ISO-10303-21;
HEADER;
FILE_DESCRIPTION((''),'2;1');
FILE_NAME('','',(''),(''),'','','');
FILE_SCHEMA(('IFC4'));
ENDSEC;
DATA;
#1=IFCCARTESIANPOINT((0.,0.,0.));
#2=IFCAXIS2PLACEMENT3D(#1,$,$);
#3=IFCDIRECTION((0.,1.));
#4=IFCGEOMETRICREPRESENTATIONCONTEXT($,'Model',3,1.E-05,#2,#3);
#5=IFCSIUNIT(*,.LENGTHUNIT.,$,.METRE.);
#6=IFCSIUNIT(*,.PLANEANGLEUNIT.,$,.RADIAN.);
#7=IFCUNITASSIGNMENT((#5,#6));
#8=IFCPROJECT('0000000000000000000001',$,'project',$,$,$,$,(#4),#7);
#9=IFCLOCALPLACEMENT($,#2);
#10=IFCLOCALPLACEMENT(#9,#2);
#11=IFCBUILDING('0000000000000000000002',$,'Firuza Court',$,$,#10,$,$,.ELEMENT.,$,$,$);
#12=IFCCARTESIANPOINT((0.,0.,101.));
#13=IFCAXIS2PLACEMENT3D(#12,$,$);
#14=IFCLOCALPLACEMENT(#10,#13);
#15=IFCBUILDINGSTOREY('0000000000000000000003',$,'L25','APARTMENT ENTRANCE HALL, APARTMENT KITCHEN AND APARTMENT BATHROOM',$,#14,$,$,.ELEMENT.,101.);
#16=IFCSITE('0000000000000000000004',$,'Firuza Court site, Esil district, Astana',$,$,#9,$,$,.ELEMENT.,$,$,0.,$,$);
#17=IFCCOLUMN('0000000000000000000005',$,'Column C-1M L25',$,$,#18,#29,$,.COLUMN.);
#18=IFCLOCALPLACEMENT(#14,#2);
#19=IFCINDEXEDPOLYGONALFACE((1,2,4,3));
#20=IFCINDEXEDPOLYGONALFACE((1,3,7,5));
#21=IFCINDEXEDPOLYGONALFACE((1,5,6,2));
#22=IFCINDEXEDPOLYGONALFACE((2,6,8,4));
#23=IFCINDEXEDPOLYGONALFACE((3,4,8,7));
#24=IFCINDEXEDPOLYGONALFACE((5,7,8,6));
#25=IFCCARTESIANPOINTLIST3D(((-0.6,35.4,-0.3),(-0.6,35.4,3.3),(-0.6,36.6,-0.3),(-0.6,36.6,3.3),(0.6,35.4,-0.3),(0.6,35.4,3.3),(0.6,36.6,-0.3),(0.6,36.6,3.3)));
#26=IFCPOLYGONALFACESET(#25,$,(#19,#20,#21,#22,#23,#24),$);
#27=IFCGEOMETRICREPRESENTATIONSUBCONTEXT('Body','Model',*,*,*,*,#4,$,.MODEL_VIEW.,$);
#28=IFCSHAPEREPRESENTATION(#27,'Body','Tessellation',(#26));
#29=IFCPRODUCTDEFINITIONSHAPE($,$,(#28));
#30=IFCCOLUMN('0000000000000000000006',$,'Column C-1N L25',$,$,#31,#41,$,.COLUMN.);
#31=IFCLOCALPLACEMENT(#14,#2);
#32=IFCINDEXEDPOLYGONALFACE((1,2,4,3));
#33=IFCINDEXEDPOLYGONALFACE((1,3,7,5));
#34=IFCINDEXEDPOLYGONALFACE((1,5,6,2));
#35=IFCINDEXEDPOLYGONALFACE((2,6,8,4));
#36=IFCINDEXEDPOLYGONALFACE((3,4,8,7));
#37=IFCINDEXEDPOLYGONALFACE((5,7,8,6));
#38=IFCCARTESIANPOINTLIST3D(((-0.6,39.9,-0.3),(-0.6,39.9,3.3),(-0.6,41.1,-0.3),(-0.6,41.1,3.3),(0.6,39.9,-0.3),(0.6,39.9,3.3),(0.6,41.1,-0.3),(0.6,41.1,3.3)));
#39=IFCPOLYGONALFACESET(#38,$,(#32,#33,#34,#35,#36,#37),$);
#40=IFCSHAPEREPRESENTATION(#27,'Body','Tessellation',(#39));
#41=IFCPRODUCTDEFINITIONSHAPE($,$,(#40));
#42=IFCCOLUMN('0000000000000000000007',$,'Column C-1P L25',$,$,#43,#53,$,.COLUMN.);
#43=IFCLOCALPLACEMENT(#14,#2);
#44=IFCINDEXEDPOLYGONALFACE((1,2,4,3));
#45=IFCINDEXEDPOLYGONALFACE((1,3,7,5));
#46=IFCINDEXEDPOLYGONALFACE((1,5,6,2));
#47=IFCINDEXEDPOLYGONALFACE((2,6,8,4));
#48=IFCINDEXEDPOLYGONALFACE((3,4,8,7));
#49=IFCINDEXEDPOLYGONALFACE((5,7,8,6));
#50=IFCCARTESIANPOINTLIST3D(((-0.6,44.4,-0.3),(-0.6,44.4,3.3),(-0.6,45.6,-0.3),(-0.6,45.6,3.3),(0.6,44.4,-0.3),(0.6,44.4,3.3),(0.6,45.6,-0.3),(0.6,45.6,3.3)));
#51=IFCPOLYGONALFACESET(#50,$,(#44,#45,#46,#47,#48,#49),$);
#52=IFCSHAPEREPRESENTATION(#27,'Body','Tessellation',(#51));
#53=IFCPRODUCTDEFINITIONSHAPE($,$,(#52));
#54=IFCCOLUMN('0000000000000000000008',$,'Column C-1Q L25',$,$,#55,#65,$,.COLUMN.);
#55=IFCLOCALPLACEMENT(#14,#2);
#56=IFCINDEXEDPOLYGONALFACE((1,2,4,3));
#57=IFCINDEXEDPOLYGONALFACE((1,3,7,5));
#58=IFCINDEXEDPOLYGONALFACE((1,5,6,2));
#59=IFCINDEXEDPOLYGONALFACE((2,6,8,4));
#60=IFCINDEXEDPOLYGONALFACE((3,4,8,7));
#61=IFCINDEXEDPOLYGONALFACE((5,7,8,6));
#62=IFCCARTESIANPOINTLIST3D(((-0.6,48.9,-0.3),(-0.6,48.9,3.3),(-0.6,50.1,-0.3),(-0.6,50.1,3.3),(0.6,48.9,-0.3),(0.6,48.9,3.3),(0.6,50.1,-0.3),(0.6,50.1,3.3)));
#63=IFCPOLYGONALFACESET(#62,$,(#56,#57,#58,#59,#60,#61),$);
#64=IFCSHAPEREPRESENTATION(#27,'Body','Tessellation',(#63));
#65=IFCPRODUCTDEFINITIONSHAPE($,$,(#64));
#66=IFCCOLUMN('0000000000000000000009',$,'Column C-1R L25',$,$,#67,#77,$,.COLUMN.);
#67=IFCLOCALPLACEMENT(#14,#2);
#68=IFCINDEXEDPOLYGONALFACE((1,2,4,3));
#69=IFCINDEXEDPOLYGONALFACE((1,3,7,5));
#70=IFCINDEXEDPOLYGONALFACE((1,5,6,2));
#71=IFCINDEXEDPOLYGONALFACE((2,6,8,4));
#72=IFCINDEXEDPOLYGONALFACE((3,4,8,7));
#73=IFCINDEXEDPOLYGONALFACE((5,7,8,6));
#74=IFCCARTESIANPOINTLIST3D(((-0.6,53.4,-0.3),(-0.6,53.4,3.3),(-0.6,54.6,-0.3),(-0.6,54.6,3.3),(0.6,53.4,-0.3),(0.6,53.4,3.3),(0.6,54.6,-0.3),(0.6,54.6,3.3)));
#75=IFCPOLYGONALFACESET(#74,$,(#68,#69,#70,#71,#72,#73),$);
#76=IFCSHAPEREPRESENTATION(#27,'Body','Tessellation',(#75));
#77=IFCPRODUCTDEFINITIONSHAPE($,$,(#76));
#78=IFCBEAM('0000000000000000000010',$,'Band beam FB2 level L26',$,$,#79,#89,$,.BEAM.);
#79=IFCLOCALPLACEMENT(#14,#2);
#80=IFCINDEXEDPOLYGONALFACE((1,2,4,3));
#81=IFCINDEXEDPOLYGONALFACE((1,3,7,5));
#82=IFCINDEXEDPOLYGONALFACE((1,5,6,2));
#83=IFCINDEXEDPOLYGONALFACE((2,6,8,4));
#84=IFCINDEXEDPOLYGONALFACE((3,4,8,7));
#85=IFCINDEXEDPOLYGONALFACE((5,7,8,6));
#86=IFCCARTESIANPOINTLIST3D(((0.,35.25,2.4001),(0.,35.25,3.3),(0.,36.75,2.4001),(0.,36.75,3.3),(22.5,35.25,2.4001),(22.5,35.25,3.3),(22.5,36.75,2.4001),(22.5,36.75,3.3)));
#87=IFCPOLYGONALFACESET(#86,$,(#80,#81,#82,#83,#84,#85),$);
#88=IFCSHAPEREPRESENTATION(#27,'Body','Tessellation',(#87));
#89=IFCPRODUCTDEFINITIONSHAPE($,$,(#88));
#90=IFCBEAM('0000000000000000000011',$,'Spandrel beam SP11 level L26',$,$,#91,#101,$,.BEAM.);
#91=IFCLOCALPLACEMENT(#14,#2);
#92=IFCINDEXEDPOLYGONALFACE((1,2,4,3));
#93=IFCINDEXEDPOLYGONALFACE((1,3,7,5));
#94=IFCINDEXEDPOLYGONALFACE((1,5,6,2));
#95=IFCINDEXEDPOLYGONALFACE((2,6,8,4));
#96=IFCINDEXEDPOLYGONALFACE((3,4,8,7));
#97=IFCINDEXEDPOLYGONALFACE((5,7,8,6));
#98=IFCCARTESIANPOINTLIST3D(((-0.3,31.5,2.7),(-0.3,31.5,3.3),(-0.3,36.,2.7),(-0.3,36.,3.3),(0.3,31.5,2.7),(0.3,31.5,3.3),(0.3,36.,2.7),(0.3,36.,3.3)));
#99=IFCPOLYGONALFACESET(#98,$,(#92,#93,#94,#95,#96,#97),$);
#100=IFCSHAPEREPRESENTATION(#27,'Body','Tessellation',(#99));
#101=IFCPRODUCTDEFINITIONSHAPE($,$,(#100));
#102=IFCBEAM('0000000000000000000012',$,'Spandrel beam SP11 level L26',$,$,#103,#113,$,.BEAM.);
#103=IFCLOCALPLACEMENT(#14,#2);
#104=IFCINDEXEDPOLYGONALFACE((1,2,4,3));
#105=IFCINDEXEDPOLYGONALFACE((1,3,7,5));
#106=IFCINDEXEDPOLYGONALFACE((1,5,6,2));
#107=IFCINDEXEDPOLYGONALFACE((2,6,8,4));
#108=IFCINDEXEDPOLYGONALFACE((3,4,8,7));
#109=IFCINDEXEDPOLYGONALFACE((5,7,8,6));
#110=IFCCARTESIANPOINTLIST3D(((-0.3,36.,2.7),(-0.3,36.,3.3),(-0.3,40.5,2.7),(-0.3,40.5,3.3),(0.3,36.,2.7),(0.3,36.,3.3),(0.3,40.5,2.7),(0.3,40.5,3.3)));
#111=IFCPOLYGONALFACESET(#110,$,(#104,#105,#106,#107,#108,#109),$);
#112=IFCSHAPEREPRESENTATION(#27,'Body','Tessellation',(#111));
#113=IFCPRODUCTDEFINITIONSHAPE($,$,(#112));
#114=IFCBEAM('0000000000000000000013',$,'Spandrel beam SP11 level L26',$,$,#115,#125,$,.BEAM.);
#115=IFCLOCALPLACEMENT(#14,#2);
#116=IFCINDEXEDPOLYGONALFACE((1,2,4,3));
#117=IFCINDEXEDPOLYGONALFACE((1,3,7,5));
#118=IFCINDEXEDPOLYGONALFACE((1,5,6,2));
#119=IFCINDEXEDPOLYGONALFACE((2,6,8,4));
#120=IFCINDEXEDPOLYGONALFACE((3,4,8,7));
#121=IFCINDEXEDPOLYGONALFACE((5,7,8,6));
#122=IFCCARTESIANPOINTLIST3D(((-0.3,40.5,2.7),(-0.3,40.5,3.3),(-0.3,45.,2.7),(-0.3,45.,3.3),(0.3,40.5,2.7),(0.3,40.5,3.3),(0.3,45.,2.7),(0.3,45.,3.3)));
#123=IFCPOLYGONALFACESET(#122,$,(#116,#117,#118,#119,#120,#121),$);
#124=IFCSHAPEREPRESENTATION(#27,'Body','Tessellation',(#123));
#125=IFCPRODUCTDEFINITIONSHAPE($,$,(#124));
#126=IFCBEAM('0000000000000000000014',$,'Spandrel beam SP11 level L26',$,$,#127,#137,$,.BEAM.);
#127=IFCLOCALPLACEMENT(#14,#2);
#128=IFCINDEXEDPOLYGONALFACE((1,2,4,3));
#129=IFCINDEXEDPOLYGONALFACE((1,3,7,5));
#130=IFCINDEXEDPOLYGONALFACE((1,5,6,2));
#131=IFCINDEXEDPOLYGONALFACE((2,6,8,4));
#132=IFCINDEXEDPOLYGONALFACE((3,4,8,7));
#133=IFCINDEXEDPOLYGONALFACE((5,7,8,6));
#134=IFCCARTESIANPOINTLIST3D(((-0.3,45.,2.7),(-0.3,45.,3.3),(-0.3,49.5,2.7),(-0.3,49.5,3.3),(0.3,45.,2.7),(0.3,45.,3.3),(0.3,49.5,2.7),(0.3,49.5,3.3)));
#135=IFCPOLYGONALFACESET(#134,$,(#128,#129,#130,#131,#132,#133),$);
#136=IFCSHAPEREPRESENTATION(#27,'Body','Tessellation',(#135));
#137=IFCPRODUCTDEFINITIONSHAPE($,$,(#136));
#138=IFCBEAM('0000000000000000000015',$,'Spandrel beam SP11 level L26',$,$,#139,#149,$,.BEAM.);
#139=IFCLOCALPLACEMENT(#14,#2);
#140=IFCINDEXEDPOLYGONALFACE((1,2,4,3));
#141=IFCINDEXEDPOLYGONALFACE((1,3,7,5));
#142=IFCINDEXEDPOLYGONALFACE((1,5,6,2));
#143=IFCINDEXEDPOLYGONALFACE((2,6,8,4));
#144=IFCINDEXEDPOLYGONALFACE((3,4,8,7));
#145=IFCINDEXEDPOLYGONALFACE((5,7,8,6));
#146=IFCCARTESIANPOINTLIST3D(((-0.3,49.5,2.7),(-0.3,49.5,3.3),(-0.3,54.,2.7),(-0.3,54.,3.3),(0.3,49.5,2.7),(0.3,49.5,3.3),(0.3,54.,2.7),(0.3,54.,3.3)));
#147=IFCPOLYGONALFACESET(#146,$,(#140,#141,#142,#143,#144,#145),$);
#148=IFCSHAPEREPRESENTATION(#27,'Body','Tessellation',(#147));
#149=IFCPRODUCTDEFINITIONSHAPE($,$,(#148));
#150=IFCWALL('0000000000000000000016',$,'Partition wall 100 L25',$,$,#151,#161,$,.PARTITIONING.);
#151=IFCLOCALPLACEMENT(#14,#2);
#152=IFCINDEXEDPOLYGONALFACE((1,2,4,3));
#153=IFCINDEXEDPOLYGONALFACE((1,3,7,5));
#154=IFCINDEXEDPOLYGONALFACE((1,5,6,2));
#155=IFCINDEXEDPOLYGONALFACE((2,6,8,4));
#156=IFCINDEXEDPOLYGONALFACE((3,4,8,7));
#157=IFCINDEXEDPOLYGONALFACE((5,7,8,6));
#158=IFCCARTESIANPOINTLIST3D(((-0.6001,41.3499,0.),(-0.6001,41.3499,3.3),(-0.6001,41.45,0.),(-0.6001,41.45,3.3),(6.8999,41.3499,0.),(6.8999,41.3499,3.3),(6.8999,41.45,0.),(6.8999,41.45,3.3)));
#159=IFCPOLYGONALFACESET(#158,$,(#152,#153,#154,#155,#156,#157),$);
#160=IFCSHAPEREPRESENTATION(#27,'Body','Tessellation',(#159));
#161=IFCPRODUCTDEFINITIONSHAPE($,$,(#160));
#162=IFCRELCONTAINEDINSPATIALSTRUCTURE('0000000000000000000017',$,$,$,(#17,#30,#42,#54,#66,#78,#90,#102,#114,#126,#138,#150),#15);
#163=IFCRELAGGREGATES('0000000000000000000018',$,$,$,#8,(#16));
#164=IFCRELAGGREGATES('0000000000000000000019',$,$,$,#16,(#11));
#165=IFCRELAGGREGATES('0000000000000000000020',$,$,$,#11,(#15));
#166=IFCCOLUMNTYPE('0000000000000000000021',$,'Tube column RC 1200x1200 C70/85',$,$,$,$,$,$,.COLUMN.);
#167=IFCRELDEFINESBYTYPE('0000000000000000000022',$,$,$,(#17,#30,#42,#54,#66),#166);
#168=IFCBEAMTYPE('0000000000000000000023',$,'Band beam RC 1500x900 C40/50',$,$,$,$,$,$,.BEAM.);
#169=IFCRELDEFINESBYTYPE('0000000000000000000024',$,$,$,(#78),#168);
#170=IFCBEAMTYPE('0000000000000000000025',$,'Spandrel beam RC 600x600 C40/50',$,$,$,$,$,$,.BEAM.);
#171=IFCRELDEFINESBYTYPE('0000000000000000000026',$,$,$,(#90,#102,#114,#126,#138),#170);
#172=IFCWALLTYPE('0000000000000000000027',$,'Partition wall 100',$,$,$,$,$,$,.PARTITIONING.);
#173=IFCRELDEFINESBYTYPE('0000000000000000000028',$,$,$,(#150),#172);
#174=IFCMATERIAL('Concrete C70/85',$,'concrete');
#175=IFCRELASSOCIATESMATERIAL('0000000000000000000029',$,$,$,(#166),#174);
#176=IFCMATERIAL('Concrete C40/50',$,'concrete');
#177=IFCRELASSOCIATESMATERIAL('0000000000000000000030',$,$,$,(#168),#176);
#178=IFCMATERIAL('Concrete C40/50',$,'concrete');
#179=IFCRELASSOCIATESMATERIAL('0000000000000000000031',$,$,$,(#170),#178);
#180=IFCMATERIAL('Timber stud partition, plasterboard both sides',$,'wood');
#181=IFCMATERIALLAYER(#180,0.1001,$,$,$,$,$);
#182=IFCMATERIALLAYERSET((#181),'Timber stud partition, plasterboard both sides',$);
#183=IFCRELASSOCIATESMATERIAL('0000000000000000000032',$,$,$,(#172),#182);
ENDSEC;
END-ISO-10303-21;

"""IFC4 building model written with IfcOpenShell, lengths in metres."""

from ifc_helpers import new_model, si_unit, direction, frame, frame_2d, origin, origin_2d, place, context, subcontext, project, spatial, rectangle, extrude, material, layer, layer_set, material_profile, profile_set, type_object, element, save


model = new_model("IFC4")

# Units and contexts
model_context = context("Model", 3, precision=1e-05, world=origin(), true_north=direction((0.0, 1.0)))
body_context = subcontext(model_context, "Body", "Model", "MODEL_VIEW")
ifc_project = project(units=[si_unit("LENGTHUNIT", "METRE"), si_unit("PLANEANGLEUNIT", "RADIAN")], contexts=[model_context])

# Site, building, storey
site_placement = place(None, origin())
site = spatial("IfcSite", under=ifc_project, at=site_placement, Name="Firuza Court site, Esil district, Astana", CompositionType="ELEMENT", RefElevation=0.0)
building_placement = place(site_placement, origin())
building = spatial("IfcBuilding", under=site, at=building_placement, Name="Firuza Court", CompositionType="ELEMENT")
storey_placement = place(building_placement, frame((0.0, 0.0, 101.0)))
storey = spatial("IfcBuildingStorey", under=building, at=storey_placement, Name="L25", Description="APARTMENT ENTRANCE HALL, APARTMENT KITCHEN AND APARTMENT BATHROOM", CompositionType="ELEMENT", Elevation=101.0)

# Columns
ifc_material_1 = material(Name="Concrete C70/85", Category="concrete")
ifc_material_profile_1 = material_profile(ifc_material_1, rectangle(XDim=1.2, YDim=1.2, at=origin_2d()), Name="RC 1200x1200")
ifc_profile_set_1 = profile_set([ifc_material_profile_1], Name="Concrete C70/85")
column_type = type_object("IfcColumnType", Name="Tube column RC 1200x1200 C70/85", PredefinedType="COLUMN", material=ifc_profile_set_1)
for number, where, z_axis, x_axis, name in (
    (1, (0.0, 36.0, -0.3), (0.0, 0.0, 1.0), (1.0, 0.0, 0.0), "Column C-1M L25"),
    (2, (0.0, 40.5, -0.3), (0.0, 0.0, 1.0), (1.0, 0.0, 0.0), "Column C-1N L25"),
    (3, (0.0, 45.0, -0.3), (0.0, 0.0, 1.0), (1.0, 0.0, 0.0), "Column C-1P L25"),
    (4, (0.0, 49.5, -0.3), (0.0, 0.0, 1.0), (1.0, 0.0, 0.0), "Column C-1Q L25"),
    (5, (0.0, 54.0, -0.3), (0.0, 0.0, 1.0), (1.0, 0.0, 0.0), "Column C-1R L25"),
):
    element("IfcColumn", number, at=place(storey_placement, frame(where, z_axis=z_axis, x_axis=x_axis)), inside=storey, type_object=column_type, Name=name, PredefinedType="COLUMN", context=body_context, shape_type="SweptSolid", body=[
        extrude(rectangle(XDim=1.2, YDim=1.2, at=origin_2d()), origin(), (0.0, 0.0, 1.0), 3.6001),
    ])

# Beams
ifc_material_2 = material(Name="Concrete C40/50", Category="concrete")
ifc_material_profile_2 = material_profile(ifc_material_2, rectangle(XDim=1.5, YDim=0.8999, at=origin_2d()), Name="RC 1500x900")
ifc_profile_set_2 = profile_set([ifc_material_profile_2], Name="Concrete C40/50")
beam_type_1 = type_object("IfcBeamType", Name="Band beam RC 1500x900 C40/50", PredefinedType="BEAM", material=ifc_profile_set_2)
beam_placement = place(storey_placement, frame((0.0, 36.0, 2.8501), z_axis=(1.0, 0.0, 0.0), x_axis=(0.0, 1.0, 0.0)))
element("IfcBeam", 6, at=beam_placement, inside=storey, type_object=beam_type_1, Name="Band beam FB2 level L26", PredefinedType="BEAM", context=body_context, shape_type="SweptSolid", body=[
    extrude(rectangle(XDim=1.5, YDim=0.8999, at=origin_2d()), origin(), (0.0, 0.0, 1.0), 22.5),
])
ifc_material_3 = material(Name="Concrete C40/50", Category="concrete")
ifc_material_profile_3 = material_profile(ifc_material_3, rectangle(XDim=0.6001, YDim=0.6001, at=origin_2d()), Name="RC 600x600")
ifc_profile_set_3 = profile_set([ifc_material_profile_3], Name="Concrete C40/50")
beam_type_2 = type_object("IfcBeamType", Name="Spandrel beam RC 600x600 C40/50", PredefinedType="BEAM", material=ifc_profile_set_3)
for number, where, z_axis, x_axis, name in (
    (7, (0.0, 36.0, 3.0), (0.0, -1.0, 0.0), (1.0, 0.0, 0.0), "Spandrel beam SP11 level L26"),
    (8, (0.0, 40.5, 3.0), (0.0, -1.0, 0.0), (1.0, 0.0, 0.0), "Spandrel beam SP11 level L26"),
    (9, (0.0, 45.0, 3.0), (0.0, -1.0, 0.0), (1.0, 0.0, 0.0), "Spandrel beam SP11 level L26"),
    (10, (0.0, 49.5, 3.0), (0.0, -1.0, 0.0), (1.0, 0.0, 0.0), "Spandrel beam SP11 level L26"),
    (11, (0.0, 54.0, 3.0), (0.0, -1.0, 0.0), (1.0, 0.0, 0.0), "Spandrel beam SP11 level L26"),
):
    element("IfcBeam", number, at=place(storey_placement, frame(where, z_axis=z_axis, x_axis=x_axis)), inside=storey, type_object=beam_type_2, Name=name, PredefinedType="BEAM", context=body_context, shape_type="SweptSolid", body=[
        extrude(rectangle(XDim=0.6001, YDim=0.6001, at=origin_2d()), origin(), (0.0, 0.0, 1.0), 4.5),
    ])

# Wall
ifc_material_4 = material(Name="Timber stud partition, plasterboard both sides", Category="wood")
ifc_layer = layer(ifc_material_4, 0.1001)
ifc_layer_set = layer_set([ifc_layer], Name="Timber stud partition, plasterboard both sides")
wall_type = type_object("IfcWallType", Name="Partition wall 100", PredefinedType="PARTITIONING", material=ifc_layer_set)
wall_placement = place(storey_placement, frame((-0.6001, 41.3999, 0.0), z_axis=(0.0, 0.0, 1.0), x_axis=(1.0, 0.0, 0.0)))
element("IfcWall", 12, at=wall_placement, inside=storey, type_object=wall_type, Name="Partition wall 100 L25", PredefinedType="PARTITIONING", context=body_context, shape_type="SweptSolid", body=[
    extrude(rectangle(XDim=7.5, YDim=0.1001, at=frame_2d((3.75, 0.0))), origin(), (0.0, 0.0, 1.0), 3.3),
])

save(model, "model.ifc")
